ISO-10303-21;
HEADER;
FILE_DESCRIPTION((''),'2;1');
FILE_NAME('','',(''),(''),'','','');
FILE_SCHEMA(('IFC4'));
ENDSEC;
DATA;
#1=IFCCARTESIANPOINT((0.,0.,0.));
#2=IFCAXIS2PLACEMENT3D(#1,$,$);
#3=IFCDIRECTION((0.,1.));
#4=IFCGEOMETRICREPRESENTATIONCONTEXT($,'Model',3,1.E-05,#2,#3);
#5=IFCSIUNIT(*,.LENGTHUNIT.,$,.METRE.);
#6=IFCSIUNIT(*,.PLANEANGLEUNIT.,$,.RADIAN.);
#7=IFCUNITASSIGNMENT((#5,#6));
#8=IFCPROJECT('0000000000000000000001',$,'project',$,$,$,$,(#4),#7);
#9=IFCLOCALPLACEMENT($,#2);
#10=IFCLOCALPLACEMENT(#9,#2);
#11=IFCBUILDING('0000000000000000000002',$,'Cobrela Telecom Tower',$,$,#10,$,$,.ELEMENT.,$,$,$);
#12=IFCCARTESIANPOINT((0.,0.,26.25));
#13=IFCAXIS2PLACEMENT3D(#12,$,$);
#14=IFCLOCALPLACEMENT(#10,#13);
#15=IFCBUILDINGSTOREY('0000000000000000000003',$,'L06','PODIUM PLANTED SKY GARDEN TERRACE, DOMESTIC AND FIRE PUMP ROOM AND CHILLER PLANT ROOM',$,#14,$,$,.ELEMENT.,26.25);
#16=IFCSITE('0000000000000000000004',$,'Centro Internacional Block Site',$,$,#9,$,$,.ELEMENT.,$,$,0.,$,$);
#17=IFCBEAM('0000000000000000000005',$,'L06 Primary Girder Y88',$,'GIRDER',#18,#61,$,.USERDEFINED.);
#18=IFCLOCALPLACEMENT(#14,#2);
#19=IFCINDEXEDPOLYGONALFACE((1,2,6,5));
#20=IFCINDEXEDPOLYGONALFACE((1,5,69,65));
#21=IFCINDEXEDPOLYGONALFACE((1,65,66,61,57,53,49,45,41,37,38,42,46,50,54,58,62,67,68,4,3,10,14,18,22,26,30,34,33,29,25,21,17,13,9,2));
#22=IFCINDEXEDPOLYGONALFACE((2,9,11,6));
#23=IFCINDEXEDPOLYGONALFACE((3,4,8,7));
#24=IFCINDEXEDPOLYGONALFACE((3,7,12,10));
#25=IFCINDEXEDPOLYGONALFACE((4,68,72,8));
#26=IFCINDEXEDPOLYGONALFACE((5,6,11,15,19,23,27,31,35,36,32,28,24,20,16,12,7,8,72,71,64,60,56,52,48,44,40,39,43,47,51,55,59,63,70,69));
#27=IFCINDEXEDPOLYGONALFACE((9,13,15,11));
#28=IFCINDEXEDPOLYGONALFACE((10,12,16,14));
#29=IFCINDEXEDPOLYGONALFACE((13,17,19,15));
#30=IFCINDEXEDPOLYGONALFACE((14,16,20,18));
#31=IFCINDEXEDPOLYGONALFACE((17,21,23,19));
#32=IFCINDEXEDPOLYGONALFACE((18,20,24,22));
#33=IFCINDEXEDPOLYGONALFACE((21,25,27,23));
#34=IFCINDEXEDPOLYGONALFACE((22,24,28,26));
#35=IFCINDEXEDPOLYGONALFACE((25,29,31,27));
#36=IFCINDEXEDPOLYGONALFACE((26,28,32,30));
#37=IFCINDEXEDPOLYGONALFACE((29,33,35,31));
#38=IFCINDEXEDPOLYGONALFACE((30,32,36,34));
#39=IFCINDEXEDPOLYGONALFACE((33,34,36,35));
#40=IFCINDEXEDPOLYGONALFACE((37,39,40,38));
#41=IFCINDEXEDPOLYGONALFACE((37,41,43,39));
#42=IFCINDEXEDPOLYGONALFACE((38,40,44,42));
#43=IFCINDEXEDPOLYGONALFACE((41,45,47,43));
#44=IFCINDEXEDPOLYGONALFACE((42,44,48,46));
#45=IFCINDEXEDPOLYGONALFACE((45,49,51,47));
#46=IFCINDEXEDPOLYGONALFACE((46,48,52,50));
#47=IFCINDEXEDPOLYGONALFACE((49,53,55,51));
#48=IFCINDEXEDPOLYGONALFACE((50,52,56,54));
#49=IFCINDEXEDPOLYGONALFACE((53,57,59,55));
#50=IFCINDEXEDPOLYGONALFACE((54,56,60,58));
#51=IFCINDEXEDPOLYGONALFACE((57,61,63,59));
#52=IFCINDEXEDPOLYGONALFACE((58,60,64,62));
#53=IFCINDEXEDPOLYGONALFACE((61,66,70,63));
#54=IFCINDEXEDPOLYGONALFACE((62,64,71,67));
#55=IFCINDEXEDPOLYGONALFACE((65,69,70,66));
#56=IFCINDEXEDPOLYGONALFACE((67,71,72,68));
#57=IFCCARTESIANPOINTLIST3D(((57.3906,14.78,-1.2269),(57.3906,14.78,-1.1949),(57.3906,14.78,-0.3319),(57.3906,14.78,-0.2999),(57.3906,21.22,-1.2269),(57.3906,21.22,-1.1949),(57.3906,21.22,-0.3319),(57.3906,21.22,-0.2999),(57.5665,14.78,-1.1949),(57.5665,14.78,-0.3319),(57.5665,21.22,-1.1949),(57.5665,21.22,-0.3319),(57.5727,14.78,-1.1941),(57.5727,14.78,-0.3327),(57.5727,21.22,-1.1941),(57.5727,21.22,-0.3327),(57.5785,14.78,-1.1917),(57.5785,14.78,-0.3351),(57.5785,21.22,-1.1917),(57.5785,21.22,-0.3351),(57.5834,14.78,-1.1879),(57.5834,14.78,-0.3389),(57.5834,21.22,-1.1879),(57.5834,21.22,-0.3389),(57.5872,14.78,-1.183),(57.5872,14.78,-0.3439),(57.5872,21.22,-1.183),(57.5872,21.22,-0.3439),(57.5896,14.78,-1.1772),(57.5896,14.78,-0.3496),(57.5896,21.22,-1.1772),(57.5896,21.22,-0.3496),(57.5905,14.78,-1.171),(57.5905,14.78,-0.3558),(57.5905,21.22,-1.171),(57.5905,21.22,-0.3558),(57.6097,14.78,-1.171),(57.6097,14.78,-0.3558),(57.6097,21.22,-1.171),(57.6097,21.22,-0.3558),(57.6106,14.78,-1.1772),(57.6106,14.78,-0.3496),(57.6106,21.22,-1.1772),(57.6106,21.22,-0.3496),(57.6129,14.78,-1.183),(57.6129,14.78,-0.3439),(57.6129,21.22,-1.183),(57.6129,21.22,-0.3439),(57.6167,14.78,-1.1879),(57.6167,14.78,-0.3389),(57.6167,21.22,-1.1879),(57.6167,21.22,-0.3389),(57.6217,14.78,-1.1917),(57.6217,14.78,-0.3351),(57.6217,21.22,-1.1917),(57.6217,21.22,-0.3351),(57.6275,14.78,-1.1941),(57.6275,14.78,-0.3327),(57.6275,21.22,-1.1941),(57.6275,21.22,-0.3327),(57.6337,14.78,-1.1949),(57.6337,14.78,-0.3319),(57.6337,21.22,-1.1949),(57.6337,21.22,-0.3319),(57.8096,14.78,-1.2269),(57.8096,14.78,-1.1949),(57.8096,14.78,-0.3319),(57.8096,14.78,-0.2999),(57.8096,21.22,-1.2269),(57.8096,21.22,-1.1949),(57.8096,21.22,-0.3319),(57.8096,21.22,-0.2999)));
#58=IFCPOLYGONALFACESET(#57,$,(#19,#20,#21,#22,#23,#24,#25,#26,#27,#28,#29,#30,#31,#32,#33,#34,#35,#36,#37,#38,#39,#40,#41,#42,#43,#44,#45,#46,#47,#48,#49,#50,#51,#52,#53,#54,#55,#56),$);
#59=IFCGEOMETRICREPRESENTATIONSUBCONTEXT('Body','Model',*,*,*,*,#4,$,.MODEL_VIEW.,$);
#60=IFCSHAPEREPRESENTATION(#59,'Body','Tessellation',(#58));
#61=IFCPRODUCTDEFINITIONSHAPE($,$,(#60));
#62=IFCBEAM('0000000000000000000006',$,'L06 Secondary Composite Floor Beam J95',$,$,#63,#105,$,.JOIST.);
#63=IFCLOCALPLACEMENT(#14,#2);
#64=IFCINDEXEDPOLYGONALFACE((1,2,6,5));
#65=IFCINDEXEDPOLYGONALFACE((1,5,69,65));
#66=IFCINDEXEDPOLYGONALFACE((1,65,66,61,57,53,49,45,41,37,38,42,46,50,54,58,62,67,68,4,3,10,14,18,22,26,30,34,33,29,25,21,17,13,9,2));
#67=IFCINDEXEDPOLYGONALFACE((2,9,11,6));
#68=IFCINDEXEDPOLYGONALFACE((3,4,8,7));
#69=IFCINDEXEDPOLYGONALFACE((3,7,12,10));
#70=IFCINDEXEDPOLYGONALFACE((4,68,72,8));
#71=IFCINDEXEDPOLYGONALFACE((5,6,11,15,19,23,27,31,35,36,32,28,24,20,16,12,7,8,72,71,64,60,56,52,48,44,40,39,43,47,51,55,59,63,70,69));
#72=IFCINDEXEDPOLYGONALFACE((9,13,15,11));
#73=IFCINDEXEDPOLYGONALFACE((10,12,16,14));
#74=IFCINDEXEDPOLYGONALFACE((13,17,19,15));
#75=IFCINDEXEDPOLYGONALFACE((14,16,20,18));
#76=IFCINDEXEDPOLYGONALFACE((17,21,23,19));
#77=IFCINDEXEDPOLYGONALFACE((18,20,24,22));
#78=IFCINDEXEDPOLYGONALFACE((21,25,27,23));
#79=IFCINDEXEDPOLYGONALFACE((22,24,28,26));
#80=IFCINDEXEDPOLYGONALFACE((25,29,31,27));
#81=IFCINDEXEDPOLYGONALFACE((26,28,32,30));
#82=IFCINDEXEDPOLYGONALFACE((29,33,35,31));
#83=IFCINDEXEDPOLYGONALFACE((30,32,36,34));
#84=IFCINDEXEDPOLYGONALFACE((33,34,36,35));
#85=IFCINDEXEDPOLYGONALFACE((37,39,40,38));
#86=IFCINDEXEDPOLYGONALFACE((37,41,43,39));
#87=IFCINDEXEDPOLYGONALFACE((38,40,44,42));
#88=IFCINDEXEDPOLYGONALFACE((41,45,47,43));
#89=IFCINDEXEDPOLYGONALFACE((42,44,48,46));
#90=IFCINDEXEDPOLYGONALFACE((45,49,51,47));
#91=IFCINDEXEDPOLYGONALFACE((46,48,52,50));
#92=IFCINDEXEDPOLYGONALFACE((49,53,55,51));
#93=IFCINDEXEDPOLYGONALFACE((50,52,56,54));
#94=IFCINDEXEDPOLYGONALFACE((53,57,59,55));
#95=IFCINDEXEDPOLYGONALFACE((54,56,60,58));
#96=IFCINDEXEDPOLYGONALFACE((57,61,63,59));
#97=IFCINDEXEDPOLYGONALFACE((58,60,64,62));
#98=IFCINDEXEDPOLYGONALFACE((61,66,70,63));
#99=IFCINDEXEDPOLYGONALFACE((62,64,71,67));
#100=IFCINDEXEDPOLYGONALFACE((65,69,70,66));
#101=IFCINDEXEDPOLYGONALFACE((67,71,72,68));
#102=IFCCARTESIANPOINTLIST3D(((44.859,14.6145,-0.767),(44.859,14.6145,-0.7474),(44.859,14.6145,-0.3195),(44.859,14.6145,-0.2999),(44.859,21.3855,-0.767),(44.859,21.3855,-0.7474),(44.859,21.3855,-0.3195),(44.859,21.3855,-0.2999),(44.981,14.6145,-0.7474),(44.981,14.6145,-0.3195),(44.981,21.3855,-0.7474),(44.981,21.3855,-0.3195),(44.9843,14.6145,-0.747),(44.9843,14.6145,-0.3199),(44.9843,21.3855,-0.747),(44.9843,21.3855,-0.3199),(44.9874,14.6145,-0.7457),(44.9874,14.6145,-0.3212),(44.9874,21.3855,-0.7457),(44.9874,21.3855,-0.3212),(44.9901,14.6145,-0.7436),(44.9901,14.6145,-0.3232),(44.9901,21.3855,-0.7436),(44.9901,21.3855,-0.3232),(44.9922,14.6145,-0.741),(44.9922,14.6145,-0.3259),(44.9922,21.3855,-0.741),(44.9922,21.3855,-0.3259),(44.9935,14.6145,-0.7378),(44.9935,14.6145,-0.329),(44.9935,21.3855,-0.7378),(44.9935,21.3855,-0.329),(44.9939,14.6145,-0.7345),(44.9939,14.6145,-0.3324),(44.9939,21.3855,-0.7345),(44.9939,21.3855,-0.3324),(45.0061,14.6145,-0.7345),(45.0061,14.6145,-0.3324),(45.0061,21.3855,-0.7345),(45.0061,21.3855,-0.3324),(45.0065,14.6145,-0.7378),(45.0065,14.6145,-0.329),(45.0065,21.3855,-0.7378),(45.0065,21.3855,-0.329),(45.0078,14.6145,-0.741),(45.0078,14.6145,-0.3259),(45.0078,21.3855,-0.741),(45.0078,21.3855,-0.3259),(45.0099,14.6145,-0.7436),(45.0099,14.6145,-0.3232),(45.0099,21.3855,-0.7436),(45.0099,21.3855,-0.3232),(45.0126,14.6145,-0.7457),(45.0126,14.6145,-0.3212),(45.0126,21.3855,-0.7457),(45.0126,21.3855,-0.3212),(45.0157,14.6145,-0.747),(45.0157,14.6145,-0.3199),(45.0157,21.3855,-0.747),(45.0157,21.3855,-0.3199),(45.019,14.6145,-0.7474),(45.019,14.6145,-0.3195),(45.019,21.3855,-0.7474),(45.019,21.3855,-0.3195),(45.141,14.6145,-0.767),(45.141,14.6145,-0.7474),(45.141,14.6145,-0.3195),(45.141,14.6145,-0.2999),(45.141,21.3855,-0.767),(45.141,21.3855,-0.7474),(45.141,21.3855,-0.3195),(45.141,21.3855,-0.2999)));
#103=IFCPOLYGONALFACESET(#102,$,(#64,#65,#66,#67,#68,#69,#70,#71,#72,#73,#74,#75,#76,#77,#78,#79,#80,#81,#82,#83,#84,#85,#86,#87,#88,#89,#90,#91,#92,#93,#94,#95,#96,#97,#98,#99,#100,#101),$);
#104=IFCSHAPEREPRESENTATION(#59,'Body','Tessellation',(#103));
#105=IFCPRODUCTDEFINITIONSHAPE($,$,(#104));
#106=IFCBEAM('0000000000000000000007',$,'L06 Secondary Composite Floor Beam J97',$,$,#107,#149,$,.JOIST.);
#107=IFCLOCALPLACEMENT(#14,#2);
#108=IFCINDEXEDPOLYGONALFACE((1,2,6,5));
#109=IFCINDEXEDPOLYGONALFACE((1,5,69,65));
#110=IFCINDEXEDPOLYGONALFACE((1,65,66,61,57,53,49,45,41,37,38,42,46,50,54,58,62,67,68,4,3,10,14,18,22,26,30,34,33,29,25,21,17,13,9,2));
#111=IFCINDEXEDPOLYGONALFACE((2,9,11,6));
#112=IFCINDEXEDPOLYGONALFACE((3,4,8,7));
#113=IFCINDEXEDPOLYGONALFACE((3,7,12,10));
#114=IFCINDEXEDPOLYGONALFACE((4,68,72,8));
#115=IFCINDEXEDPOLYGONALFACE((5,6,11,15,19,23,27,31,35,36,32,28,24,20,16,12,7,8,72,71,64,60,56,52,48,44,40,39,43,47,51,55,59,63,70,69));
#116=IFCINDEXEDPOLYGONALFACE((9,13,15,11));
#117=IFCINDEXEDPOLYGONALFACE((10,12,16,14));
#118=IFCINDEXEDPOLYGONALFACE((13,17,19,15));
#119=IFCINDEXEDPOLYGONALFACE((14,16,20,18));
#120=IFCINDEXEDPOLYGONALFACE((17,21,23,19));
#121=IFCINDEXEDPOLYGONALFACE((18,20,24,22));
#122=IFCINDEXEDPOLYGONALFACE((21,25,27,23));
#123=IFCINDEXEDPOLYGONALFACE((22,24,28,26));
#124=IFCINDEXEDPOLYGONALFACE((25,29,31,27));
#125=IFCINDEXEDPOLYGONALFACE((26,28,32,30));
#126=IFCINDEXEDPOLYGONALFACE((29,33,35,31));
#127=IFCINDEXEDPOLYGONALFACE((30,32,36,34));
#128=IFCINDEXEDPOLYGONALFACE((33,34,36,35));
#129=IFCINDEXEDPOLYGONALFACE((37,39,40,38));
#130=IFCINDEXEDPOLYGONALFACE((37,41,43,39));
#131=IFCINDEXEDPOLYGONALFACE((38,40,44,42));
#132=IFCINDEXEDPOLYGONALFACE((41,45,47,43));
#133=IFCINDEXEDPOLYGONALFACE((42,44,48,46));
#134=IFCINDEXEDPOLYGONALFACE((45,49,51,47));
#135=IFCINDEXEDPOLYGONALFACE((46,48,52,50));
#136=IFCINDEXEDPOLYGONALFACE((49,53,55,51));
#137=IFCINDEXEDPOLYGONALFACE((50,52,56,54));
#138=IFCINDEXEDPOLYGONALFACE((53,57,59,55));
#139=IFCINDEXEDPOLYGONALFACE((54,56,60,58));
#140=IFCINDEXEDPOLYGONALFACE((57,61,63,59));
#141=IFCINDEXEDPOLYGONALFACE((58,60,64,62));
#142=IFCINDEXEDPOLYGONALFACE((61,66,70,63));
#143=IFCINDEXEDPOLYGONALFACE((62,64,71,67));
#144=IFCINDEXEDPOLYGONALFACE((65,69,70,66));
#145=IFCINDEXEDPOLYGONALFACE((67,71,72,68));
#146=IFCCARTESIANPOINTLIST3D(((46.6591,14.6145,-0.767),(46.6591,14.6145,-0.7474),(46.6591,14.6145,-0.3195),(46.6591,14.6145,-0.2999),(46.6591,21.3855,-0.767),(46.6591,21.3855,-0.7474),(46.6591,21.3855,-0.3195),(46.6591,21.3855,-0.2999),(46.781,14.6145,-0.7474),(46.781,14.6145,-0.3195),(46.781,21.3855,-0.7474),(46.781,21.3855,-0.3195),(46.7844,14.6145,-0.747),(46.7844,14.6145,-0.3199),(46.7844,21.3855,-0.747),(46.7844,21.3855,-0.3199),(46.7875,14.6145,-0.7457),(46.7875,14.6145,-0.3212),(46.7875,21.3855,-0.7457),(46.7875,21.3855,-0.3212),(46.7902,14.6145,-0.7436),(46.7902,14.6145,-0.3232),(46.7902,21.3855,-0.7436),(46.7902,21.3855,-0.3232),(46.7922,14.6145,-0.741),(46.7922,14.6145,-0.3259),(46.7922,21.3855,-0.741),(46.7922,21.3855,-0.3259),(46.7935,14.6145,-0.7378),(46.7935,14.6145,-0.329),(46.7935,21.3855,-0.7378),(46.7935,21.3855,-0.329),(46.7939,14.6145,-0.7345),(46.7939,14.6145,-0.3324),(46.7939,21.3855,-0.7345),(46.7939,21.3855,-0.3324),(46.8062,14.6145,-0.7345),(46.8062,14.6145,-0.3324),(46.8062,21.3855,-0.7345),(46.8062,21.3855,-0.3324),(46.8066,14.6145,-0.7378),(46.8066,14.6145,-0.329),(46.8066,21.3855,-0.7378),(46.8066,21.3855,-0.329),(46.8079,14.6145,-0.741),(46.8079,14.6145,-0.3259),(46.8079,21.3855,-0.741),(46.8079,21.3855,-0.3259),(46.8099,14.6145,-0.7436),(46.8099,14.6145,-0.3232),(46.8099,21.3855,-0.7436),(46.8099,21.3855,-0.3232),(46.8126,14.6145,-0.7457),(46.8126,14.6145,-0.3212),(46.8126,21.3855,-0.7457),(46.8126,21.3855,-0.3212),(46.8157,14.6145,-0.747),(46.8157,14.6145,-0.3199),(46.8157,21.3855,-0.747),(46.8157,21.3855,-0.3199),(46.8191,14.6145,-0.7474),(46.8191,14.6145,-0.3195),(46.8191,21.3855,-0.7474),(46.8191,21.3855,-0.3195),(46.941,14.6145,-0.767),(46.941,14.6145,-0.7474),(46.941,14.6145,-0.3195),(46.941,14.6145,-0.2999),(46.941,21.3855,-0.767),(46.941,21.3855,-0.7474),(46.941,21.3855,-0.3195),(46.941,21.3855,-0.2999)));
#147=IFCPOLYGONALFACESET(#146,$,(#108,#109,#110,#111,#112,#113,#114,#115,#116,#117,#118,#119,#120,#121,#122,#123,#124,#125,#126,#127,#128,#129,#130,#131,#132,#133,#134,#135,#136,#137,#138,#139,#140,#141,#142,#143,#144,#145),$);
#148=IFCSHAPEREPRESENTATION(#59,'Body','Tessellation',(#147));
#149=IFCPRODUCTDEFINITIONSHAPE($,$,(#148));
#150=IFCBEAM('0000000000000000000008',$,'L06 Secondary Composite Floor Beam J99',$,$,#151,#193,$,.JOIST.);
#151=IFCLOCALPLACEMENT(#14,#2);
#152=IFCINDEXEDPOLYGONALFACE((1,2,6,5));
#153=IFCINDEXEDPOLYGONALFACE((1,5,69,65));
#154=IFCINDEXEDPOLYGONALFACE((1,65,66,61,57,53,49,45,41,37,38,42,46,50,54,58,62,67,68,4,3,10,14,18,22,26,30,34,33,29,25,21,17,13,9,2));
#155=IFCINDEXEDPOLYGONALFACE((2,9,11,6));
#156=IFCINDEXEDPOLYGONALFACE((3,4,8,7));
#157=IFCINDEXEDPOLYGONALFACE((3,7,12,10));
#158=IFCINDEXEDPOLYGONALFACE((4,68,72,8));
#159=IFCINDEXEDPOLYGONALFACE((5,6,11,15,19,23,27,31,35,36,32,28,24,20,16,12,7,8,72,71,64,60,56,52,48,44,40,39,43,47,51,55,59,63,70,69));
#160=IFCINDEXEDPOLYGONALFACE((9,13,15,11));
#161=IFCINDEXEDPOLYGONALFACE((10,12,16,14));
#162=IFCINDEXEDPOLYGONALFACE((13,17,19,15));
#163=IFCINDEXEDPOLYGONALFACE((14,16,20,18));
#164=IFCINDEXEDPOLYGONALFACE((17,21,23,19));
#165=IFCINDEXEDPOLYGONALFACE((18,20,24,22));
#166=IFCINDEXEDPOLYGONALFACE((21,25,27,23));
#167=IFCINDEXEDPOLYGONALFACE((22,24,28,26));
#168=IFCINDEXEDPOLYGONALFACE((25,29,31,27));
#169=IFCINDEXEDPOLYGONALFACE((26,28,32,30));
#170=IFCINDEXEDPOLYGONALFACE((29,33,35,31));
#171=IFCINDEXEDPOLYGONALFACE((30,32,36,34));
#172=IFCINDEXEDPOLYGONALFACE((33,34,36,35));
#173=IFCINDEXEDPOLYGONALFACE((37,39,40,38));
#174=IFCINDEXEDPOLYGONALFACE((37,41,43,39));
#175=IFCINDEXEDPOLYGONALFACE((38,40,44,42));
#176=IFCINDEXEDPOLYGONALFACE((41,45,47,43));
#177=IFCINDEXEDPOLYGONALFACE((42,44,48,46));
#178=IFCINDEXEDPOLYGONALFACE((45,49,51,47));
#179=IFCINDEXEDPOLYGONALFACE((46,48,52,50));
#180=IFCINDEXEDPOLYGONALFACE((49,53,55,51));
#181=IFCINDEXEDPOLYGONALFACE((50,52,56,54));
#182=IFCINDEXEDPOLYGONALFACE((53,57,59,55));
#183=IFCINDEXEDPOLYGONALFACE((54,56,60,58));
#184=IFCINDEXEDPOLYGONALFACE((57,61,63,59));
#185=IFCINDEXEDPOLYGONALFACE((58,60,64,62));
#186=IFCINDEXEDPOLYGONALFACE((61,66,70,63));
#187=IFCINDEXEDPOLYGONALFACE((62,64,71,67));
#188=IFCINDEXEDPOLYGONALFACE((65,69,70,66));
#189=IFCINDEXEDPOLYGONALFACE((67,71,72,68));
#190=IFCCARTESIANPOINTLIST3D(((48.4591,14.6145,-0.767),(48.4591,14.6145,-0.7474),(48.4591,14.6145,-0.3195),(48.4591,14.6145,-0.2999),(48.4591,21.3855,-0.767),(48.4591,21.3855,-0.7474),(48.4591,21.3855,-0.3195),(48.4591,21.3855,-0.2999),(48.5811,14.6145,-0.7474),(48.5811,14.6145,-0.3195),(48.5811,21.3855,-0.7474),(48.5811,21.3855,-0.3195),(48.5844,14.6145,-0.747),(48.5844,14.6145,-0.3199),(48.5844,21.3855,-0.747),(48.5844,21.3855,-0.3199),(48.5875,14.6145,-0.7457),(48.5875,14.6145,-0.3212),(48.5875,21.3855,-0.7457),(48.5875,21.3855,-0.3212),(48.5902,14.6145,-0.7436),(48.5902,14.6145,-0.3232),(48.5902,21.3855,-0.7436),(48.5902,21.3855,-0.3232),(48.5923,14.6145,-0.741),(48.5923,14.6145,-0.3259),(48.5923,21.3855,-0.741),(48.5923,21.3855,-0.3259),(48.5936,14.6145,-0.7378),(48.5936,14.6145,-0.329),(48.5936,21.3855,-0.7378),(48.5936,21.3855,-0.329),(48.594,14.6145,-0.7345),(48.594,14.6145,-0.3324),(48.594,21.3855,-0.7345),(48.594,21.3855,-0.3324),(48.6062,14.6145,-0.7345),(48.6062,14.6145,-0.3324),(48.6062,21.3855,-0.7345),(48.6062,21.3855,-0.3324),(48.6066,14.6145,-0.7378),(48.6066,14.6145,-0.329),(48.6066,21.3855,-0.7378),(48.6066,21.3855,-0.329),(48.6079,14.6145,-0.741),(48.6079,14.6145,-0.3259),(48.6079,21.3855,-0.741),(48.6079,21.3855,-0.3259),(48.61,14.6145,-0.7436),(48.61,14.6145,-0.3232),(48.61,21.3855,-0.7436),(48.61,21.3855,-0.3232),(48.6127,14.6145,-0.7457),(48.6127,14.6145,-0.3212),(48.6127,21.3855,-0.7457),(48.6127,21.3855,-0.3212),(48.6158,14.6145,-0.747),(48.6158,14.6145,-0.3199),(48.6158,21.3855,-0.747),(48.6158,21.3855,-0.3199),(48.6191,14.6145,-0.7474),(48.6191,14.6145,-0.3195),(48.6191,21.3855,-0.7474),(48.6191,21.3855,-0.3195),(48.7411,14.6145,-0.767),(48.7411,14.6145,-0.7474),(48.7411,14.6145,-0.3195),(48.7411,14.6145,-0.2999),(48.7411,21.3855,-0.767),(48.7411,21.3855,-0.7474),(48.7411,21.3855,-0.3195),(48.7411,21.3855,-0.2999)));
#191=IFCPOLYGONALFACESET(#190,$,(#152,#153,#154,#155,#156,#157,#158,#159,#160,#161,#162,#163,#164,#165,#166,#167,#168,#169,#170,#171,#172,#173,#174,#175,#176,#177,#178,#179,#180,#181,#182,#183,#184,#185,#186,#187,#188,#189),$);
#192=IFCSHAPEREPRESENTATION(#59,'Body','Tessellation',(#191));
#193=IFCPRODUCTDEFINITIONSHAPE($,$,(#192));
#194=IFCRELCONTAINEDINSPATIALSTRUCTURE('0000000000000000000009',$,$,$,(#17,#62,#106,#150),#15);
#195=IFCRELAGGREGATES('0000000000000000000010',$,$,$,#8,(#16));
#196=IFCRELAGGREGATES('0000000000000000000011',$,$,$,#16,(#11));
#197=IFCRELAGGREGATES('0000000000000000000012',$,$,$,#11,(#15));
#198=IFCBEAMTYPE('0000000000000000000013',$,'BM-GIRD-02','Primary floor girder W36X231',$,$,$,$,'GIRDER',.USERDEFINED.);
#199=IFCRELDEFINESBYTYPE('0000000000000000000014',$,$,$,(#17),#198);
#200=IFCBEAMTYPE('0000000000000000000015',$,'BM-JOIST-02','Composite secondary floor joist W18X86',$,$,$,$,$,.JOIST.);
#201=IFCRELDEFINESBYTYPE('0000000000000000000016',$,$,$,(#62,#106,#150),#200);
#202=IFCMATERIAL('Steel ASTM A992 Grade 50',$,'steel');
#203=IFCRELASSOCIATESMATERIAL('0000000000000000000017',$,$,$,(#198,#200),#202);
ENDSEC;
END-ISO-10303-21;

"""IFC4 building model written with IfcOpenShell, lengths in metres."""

from ifc_helpers import new_model, si_unit, direction, frame, origin, origin_2d, place, context, subcontext, project, spatial, i_section, extrude, material, material_profile, profile_set, type_object, element, save


model = new_model("IFC4")

# Units and contexts
model_context = context("Model", 3, precision=1e-05, world=origin(), true_north=direction((0.0, 1.0)))
body_context = subcontext(model_context, "Body", "Model", "MODEL_VIEW")
ifc_project = project(units=[si_unit("LENGTHUNIT", "METRE"), si_unit("PLANEANGLEUNIT", "RADIAN")], contexts=[model_context])

# Site, building, storey
site_placement = place(None, origin())
site = spatial("IfcSite", under=ifc_project, at=site_placement, Name="Centro Internacional Block Site", CompositionType="ELEMENT", RefElevation=0.0)
building_placement = place(site_placement, origin())
building = spatial("IfcBuilding", under=site, at=building_placement, Name="Cobrela Telecom Tower", CompositionType="ELEMENT")
storey_placement = place(building_placement, frame((0.0, 0.0, 26.25)))
storey = spatial("IfcBuildingStorey", under=building, at=storey_placement, Name="L06", Description="PODIUM PLANTED SKY GARDEN TERRACE, DOMESTIC AND FIRE PUMP ROOM AND CHILLER PLANT ROOM", CompositionType="ELEMENT", Elevation=26.25)

# Beams
ifc_material_1 = material(Name="Steel ASTM A992 Grade 50", Category="steel")
ifc_material_profile_1 = material_profile(ifc_material_1, i_section(OverallWidth=0.4189, OverallDepth=0.927, WebThickness=0.0193, FlangeThickness=0.032, FilletRadius=0.0239, at=origin_2d()), Name="W36X231")
ifc_profile_set_1 = profile_set([ifc_material_profile_1], Name="Steel ASTM A992 Grade 50")
beam_type_1 = type_object("IfcBeamType", Name="BM-GIRD-02", Description="Primary floor girder W36X231", ElementType="GIRDER", PredefinedType="USERDEFINED", material=ifc_profile_set_1)
beam_1_placement = place(storey_placement, frame((57.6001, 14.78, -0.7634), z_axis=(0.0, 1.0, 0.0), x_axis=(-1.0, 0.0, 0.0)))
element("IfcBeam", 1, at=beam_1_placement, inside=storey, type_object=beam_type_1, Name="L06 Primary Girder Y88", ObjectType="GIRDER", PredefinedType="USERDEFINED", context=body_context, shape_type="SweptSolid", body=[
    extrude(i_section(OverallWidth=0.4189, OverallDepth=0.927, WebThickness=0.0193, FlangeThickness=0.032, FilletRadius=0.0239, at=origin_2d()), origin(), (0.0, 0.0, 1.0), 6.4399),
])
ifc_material_profile_2 = material_profile(ifc_material_1, i_section(OverallWidth=0.282, OverallDepth=0.467, WebThickness=0.0122, FlangeThickness=0.0195, FilletRadius=0.0129, at=origin_2d()), Name="W18X86")
ifc_profile_set_2 = profile_set([ifc_material_profile_2], Name="Steel ASTM A992 Grade 50")
beam_type_2 = type_object("IfcBeamType", Name="BM-JOIST-02", Description="Composite secondary floor joist W18X86", PredefinedType="JOIST", material=ifc_profile_set_2)
for number, where, z_axis, x_axis, name in (
    (2, (45.0, 14.6145, -0.5334), (0.0, 1.0, 0.0), (-1.0, 0.0, 0.0), "L06 Secondary Composite Floor Beam J95"),
    (3, (46.8, 14.6145, -0.5334), (0.0, 1.0, 0.0), (-1.0, 0.0, 0.0), "L06 Secondary Composite Floor Beam J97"),
    (4, (48.6001, 14.6145, -0.5334), (0.0, 1.0, 0.0), (-1.0, 0.0, 0.0), "L06 Secondary Composite Floor Beam J99"),
):
    element("IfcBeam", number, at=place(storey_placement, frame(where, z_axis=z_axis, x_axis=x_axis)), inside=storey, type_object=beam_type_2, Name=name, PredefinedType="JOIST", context=body_context, shape_type="SweptSolid", body=[
        extrude(i_section(OverallWidth=0.282, OverallDepth=0.467, WebThickness=0.0122, FlangeThickness=0.0195, FilletRadius=0.0129, at=origin_2d()), origin(), (0.0, 0.0, 1.0), 6.771),
    ])

save(model, "model.ifc")
